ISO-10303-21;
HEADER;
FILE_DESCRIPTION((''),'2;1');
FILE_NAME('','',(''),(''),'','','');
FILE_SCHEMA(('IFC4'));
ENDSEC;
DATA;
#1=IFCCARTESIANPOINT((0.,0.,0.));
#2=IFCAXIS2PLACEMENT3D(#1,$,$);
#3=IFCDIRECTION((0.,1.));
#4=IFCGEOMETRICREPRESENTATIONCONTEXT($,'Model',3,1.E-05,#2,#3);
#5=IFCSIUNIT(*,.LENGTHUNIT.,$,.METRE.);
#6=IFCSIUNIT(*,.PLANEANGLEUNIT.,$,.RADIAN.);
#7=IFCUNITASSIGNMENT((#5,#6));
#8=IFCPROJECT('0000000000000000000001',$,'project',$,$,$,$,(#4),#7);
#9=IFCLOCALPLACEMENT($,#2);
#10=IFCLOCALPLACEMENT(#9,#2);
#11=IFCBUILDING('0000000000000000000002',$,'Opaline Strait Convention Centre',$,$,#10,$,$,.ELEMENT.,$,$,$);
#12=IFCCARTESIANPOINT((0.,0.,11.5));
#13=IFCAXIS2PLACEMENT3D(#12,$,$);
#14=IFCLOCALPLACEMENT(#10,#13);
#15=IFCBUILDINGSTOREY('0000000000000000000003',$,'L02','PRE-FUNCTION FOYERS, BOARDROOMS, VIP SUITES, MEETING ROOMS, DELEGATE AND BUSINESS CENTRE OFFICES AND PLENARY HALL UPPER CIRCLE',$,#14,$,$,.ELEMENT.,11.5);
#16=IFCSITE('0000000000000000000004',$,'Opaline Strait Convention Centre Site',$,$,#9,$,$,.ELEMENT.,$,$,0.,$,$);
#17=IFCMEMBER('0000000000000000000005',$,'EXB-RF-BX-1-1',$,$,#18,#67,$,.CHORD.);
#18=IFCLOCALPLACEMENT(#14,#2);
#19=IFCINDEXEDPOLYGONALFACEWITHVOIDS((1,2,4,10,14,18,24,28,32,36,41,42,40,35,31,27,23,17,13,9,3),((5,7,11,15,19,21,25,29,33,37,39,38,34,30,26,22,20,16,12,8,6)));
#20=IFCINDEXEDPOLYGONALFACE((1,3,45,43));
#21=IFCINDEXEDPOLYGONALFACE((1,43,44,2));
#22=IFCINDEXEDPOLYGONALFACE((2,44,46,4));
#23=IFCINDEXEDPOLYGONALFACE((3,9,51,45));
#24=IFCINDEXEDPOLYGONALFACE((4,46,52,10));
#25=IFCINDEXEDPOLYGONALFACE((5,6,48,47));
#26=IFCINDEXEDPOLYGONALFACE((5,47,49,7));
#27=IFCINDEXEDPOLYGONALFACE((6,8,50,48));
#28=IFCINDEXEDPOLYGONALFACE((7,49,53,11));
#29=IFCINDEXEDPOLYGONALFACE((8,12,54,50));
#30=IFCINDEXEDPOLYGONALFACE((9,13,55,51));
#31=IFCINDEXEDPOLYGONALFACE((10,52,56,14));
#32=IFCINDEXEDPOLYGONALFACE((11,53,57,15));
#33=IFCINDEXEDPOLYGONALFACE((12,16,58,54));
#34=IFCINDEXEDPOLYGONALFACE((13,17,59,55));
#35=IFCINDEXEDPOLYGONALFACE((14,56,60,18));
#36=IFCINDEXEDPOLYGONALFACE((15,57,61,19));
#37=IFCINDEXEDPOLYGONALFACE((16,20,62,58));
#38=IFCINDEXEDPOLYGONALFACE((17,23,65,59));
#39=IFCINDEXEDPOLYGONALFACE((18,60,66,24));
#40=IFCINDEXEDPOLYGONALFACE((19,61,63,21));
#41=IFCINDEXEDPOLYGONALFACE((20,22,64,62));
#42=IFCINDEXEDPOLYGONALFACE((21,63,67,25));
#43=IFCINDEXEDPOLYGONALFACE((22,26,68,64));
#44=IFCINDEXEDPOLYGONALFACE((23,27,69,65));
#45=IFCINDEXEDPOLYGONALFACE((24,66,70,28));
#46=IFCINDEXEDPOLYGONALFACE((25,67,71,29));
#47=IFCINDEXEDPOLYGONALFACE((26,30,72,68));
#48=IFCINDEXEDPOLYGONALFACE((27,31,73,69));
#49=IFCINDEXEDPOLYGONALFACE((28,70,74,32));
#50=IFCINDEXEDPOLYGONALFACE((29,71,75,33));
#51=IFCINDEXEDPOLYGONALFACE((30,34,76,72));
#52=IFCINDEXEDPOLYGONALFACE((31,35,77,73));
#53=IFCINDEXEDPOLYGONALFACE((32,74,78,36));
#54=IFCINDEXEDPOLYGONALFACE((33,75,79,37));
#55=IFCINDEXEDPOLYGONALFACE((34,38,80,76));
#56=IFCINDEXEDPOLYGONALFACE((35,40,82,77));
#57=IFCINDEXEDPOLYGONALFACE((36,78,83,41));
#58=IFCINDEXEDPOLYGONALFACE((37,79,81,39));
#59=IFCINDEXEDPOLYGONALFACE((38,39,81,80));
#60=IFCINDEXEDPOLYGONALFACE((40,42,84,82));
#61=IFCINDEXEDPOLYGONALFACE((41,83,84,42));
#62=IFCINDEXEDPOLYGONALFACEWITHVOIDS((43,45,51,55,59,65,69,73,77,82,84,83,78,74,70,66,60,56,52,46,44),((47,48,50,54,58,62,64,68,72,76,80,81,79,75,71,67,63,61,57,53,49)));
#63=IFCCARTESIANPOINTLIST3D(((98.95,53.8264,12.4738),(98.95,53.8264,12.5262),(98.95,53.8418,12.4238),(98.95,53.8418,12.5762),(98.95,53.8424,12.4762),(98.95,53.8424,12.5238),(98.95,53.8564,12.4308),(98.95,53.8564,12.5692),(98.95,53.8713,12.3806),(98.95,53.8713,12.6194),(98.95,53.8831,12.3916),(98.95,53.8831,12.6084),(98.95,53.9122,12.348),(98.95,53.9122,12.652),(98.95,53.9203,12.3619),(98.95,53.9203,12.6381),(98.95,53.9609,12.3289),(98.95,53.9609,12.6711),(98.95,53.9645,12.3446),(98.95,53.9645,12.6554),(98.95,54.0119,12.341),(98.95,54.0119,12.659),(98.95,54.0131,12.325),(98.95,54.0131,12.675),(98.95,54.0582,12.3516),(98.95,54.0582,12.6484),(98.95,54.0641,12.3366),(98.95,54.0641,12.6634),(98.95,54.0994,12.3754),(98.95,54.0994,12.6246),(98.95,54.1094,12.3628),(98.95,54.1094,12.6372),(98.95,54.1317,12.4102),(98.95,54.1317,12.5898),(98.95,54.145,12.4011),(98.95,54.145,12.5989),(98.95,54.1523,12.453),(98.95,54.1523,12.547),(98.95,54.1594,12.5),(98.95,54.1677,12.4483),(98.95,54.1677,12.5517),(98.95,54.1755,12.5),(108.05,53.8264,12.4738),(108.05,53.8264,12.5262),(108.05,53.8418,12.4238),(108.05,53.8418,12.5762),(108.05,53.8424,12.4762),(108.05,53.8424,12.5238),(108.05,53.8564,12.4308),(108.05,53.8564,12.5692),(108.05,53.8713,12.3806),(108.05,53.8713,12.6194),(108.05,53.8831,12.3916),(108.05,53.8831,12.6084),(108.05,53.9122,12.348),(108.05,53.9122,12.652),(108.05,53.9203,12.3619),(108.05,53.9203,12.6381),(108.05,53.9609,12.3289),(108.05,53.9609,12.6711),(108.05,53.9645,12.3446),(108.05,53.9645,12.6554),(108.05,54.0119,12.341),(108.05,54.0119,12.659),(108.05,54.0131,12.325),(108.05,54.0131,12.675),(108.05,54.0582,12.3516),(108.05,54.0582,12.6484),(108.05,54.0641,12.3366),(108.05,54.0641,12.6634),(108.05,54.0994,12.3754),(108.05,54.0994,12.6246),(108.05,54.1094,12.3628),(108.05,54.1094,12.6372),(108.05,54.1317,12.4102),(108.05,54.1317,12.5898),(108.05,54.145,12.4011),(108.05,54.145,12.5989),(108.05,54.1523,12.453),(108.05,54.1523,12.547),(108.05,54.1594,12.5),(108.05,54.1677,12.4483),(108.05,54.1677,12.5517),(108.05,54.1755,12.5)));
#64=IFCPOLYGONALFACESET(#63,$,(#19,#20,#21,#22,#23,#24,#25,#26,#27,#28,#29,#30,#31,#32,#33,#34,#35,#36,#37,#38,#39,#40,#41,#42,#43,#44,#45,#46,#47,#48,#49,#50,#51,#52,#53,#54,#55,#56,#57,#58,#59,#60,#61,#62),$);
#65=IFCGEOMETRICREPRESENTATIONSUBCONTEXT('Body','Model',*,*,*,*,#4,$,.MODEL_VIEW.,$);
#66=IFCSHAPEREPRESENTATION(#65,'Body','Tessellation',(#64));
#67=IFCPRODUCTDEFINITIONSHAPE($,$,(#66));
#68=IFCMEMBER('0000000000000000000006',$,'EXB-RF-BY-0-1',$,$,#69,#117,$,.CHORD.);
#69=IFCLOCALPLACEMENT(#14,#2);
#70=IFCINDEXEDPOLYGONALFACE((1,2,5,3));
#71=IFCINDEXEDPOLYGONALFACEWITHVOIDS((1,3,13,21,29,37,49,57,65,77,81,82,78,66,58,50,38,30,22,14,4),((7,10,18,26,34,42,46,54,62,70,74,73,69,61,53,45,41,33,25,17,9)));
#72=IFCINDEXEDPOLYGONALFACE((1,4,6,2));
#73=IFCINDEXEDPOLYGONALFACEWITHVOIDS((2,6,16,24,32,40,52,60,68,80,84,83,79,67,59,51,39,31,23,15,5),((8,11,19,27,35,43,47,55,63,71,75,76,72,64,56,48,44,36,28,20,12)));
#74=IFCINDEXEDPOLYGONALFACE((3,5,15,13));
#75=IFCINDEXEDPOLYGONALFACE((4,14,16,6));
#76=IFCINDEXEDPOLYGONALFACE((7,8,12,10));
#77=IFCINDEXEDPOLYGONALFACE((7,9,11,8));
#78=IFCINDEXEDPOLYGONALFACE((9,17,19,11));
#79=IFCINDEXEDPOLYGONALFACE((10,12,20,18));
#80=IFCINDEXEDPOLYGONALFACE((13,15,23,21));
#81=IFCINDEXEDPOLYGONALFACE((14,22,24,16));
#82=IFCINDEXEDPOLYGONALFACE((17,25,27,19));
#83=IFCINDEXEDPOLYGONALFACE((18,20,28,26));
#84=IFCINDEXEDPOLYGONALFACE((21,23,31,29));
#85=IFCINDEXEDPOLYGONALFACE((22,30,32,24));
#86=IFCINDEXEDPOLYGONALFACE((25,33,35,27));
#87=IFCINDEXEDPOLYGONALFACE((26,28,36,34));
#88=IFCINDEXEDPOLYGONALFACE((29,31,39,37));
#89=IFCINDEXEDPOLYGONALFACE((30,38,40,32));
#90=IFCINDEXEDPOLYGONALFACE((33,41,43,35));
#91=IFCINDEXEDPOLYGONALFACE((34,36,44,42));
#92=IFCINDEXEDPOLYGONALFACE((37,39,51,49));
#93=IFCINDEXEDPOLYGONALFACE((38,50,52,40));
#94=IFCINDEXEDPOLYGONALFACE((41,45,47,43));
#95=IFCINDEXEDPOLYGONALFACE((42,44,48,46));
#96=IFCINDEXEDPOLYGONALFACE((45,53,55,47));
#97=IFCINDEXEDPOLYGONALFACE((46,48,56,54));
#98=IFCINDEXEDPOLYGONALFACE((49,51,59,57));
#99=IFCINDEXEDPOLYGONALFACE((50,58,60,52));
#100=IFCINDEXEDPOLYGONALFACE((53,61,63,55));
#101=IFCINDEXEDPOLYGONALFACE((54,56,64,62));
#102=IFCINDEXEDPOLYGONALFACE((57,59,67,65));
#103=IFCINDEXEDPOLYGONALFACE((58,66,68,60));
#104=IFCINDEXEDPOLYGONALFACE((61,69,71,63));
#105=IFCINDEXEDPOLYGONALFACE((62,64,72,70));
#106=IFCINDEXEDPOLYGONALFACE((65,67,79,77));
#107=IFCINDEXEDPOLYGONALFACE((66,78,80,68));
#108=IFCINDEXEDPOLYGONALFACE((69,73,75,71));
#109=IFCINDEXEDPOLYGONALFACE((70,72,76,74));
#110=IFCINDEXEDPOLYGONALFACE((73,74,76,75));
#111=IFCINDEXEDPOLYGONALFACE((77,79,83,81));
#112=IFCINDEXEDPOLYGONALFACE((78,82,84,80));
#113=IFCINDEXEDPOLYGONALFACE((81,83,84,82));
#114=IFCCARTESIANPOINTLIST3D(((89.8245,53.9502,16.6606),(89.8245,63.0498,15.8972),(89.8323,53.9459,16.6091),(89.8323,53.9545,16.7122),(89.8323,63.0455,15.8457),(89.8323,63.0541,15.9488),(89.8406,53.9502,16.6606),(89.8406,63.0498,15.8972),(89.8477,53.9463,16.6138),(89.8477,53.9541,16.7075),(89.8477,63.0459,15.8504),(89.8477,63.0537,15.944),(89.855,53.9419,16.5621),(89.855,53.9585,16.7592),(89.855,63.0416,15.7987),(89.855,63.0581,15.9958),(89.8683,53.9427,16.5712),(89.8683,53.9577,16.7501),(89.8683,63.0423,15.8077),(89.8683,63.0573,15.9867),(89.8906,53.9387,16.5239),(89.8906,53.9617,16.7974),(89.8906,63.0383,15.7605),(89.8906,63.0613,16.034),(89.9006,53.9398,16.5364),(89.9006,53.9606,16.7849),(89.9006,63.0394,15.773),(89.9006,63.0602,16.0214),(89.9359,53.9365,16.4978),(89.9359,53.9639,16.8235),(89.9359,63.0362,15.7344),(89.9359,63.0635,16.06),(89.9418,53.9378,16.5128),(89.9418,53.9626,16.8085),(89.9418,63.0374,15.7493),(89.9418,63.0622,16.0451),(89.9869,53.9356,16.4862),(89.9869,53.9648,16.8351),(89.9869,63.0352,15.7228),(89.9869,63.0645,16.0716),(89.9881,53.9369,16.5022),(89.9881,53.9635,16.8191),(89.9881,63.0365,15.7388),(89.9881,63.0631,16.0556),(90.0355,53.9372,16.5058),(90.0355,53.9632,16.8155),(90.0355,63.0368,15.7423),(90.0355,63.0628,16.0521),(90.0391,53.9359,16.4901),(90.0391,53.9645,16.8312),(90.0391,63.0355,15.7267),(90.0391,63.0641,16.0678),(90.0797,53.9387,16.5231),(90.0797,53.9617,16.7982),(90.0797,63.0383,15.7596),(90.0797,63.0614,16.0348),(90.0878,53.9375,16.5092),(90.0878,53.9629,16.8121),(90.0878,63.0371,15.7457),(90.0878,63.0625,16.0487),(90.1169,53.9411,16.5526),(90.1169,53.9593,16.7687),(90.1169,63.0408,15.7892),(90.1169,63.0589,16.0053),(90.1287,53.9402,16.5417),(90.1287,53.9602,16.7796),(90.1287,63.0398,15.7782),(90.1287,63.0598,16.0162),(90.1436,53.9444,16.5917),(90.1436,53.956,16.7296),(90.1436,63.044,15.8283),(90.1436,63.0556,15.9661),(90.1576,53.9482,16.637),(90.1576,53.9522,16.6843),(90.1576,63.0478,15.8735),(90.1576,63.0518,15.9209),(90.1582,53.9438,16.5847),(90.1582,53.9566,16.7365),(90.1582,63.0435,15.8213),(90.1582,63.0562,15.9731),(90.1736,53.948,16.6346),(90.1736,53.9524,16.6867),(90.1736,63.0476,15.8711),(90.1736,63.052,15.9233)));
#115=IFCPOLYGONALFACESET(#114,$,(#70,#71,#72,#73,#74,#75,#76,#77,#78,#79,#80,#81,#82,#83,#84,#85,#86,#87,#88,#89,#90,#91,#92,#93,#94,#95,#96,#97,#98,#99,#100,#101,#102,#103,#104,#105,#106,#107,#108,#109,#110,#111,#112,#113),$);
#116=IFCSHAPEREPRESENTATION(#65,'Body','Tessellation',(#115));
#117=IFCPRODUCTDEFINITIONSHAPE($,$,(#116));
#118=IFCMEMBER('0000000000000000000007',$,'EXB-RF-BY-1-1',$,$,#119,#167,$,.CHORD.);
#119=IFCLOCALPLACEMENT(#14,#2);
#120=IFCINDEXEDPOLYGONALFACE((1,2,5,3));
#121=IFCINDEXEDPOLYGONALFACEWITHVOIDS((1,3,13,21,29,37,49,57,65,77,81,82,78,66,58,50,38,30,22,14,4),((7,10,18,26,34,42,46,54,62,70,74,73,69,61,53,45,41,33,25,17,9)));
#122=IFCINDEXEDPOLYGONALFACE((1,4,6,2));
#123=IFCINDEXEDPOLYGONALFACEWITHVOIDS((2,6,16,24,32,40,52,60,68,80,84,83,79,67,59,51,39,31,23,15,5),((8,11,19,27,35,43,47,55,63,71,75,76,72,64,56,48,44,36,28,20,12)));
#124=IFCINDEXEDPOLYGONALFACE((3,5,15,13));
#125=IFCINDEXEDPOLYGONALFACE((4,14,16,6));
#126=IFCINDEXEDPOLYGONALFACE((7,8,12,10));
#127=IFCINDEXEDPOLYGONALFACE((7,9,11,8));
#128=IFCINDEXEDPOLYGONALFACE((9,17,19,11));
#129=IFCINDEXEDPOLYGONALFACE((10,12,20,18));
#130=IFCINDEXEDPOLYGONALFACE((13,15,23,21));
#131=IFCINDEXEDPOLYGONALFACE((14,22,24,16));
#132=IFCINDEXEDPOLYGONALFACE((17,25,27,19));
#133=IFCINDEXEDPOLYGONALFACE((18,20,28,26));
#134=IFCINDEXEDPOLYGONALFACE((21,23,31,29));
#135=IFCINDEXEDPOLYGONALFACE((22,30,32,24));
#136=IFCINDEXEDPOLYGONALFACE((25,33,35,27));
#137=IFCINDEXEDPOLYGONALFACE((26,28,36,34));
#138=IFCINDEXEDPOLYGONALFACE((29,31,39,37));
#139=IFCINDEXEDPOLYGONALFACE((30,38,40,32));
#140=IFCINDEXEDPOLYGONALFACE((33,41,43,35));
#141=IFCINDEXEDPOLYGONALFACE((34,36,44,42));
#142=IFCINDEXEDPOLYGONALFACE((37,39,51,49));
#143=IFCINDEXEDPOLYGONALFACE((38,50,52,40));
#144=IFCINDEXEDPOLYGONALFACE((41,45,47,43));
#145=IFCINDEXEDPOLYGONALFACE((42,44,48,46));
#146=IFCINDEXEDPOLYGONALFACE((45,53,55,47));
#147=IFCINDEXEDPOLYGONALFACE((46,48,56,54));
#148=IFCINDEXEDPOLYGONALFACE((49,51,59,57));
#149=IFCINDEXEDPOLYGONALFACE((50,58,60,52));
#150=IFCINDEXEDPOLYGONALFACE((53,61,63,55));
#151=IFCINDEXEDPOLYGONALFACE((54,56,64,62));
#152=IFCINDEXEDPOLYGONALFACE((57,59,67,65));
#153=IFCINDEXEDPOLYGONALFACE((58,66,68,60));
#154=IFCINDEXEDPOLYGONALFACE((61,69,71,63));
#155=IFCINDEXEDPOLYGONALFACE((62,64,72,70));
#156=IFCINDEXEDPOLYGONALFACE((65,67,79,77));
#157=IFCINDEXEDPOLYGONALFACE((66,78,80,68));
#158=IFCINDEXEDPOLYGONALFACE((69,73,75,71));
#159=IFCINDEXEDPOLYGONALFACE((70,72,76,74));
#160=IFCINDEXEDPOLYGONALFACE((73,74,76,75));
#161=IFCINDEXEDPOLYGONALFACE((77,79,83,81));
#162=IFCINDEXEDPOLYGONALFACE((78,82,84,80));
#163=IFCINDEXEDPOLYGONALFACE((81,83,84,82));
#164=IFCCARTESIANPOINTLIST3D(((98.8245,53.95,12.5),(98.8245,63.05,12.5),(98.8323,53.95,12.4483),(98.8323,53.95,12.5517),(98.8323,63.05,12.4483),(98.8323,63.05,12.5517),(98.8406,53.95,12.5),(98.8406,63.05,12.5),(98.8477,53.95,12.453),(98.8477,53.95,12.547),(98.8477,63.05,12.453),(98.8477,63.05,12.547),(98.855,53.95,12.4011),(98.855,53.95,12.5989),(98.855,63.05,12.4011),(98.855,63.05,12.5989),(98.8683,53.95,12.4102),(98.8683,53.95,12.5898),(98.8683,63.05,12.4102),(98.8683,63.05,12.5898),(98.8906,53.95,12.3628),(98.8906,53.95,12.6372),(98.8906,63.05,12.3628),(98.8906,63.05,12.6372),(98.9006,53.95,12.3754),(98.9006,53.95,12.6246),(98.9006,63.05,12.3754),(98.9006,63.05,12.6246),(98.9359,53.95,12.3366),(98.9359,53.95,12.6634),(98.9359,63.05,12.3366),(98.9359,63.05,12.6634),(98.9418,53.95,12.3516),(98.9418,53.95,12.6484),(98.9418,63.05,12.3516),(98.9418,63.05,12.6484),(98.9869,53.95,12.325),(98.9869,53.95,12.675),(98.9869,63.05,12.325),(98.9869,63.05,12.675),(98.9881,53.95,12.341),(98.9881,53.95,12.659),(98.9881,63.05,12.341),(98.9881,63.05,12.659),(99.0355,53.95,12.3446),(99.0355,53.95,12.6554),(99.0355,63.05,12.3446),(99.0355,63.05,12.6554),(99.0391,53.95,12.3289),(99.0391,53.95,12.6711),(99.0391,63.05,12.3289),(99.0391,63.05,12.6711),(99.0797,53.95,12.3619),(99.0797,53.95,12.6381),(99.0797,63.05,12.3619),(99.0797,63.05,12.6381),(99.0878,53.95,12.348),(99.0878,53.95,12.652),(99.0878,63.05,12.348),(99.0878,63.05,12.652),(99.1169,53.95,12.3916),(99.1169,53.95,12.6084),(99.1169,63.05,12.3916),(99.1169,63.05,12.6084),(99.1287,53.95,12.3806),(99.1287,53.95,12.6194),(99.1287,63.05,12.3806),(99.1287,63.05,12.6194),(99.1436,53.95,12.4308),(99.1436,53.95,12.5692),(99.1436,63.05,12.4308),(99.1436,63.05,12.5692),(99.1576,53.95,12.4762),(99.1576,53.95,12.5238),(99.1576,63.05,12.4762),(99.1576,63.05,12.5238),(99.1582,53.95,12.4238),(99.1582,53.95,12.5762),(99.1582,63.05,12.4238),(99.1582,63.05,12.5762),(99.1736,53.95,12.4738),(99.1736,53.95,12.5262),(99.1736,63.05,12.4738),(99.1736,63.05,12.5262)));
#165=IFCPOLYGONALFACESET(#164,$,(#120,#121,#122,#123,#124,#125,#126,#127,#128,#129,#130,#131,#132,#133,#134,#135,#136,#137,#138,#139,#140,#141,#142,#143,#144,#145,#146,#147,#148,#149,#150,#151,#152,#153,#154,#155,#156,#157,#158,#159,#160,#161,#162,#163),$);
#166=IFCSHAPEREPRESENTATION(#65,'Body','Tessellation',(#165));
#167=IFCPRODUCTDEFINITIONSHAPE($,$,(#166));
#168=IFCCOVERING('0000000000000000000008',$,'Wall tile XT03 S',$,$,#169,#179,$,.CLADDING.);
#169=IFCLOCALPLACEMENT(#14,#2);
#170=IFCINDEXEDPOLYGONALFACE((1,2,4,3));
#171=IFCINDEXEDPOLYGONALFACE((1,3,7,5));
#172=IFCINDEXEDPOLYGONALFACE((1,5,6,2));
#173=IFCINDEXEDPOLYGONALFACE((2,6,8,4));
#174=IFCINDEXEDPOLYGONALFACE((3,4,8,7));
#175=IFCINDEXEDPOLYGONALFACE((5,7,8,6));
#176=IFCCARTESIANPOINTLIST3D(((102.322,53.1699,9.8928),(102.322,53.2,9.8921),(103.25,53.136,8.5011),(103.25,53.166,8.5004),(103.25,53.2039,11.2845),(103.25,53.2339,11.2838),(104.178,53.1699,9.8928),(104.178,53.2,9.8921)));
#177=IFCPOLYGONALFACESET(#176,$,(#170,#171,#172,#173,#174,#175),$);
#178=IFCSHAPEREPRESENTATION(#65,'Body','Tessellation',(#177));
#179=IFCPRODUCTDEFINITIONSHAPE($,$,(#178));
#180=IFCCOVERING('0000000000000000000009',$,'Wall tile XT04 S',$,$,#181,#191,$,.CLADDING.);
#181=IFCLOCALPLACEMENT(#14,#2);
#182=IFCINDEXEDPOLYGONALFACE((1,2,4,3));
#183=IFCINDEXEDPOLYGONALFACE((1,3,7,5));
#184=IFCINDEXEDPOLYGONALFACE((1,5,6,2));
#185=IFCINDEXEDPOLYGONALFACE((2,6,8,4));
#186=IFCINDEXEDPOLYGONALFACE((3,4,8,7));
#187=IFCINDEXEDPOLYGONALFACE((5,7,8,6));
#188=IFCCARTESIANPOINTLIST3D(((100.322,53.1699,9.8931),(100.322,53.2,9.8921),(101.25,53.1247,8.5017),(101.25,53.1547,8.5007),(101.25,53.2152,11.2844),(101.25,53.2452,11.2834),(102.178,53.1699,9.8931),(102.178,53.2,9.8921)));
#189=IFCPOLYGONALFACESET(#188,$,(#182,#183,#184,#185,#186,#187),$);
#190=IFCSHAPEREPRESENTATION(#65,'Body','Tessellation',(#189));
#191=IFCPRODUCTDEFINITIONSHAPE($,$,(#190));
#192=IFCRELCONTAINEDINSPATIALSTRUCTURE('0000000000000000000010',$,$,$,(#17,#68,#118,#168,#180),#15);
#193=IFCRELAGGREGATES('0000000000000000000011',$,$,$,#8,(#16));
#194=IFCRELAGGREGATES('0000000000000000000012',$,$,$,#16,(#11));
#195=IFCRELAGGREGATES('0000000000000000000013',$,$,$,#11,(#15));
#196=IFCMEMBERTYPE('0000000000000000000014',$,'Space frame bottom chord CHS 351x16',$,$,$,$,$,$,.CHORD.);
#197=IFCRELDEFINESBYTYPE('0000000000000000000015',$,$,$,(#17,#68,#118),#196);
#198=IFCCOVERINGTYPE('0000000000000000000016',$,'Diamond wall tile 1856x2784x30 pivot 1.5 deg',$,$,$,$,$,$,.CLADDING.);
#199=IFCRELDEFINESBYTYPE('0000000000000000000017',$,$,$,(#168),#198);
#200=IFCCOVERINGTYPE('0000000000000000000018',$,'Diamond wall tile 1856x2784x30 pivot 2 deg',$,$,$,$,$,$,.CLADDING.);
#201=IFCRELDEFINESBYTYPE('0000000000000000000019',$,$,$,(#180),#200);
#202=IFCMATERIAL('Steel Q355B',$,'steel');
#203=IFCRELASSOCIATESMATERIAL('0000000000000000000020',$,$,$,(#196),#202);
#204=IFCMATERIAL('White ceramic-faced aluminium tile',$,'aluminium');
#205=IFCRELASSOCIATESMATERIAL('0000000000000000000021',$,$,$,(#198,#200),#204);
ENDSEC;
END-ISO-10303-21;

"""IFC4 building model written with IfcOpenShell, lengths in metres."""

from ifc_helpers import new_model, si_unit, direction, frame, origin, origin_2d, place, context, subcontext, project, spatial, polyline, hollow_circle, outline, extrude, material, material_profile, profile_set, type_object, element, save


model = new_model("IFC4")

# Units and contexts
model_context = context("Model", 3, precision=1e-05, world=origin(), true_north=direction((0.0, 1.0)))
body_context = subcontext(model_context, "Body", "Model", "MODEL_VIEW")
ifc_project = project(units=[si_unit("LENGTHUNIT", "METRE"), si_unit("PLANEANGLEUNIT", "RADIAN")], contexts=[model_context])

# Site, building, storey
site_placement = place(None, origin())
site = spatial("IfcSite", under=ifc_project, at=site_placement, Name="Opaline Strait Convention Centre Site", CompositionType="ELEMENT", RefElevation=0.0)
building_placement = place(site_placement, origin())
building = spatial("IfcBuilding", under=site, at=building_placement, Name="Opaline Strait Convention Centre", CompositionType="ELEMENT")
storey_placement = place(building_placement, frame((0.0, 0.0, 11.5)))
storey = spatial("IfcBuildingStorey", under=building, at=storey_placement, Name="L02", Description="PRE-FUNCTION FOYERS, BOARDROOMS, VIP SUITES, MEETING ROOMS, DELEGATE AND BUSINESS CENTRE OFFICES AND PLENARY HALL UPPER CIRCLE", CompositionType="ELEMENT", Elevation=11.5)

# Members
ifc_material_1 = material(Name="Steel Q355B", Category="steel")
ifc_material_profile_1 = material_profile(ifc_material_1, hollow_circle(Radius=0.1755, WallThickness=0.0161, at=origin_2d()), Name="CHS 351x16")
ifc_profile_set_1 = profile_set([ifc_material_profile_1], Name="Steel Q355B")
member_type_1 = type_object("IfcMemberType", Name="Space frame bottom chord CHS 351x16", PredefinedType="CHORD", material=ifc_profile_set_1)
member_1_placement = place(storey_placement, frame((98.95, 54.0, 12.5), z_axis=(1.0, 0.0, 0.0), x_axis=(0.0, 1.0, 0.0)))
element("IfcMember", 1, at=member_1_placement, inside=storey, type_object=member_type_1, Name="EXB-RF-BX-1-1", PredefinedType="CHORD", context=body_context, shape_type="SweptSolid", body=[
    extrude(hollow_circle(Radius=0.1755, WallThickness=0.0161, at=origin_2d()), origin(), (0.0, 0.0, 1.0), 9.1001),
])
member_2_placement = place(storey_placement, frame((90.0, 53.9502, 16.6606), z_axis=(0.0, 0.996499, -0.083603), x_axis=(-1.0, 0.0, 0.0)))
element("IfcMember", 2, at=member_2_placement, inside=storey, type_object=member_type_1, Name="EXB-RF-BY-0-1", PredefinedType="CHORD", context=body_context, shape_type="SweptSolid", body=[
    extrude(hollow_circle(Radius=0.1755, WallThickness=0.0161, at=origin_2d()), origin(), (0.0, 0.0, 1.0), 9.1316),
])
member_3_placement = place(storey_placement, frame((99.0, 53.95, 12.5), z_axis=(0.0, 1.0, 0.0), x_axis=(-1.0, 0.0, 0.0)))
element("IfcMember", 3, at=member_3_placement, inside=storey, type_object=member_type_1, Name="EXB-RF-BY-1-1", PredefinedType="CHORD", context=body_context, shape_type="SweptSolid", body=[
    extrude(hollow_circle(Radius=0.1755, WallThickness=0.0161, at=origin_2d()), origin(), (0.0, 0.0, 1.0), 9.1001),
])

# Coverings
ifc_material_2 = material(Name="White ceramic-faced aluminium tile", Category="aluminium")
ifc_material_profile_2 = material_profile(ifc_material_2, outline(polyline([(0.928, 0.0), (0.0, 1.3921), (-0.928, 0.0), (0.0, -1.3921), (0.928, 0.0)])), Name="Diamond tile 1856x2784")
ifc_profile_set_2 = profile_set([ifc_material_profile_2], Name="White ceramic-faced aluminium tile")
covering_type_1 = type_object("IfcCoveringType", Name="Diamond wall tile 1856x2784x30 pivot 1.5 deg", PredefinedType="CLADDING", material=ifc_profile_set_2)
covering_1_placement = place(storey_placement, frame((103.25, 53.2, 9.8921), z_axis=(0.0, -0.999703, 0.024383), x_axis=(1.0, 0.0, 0.0)))
element("IfcCovering", 4, at=covering_1_placement, inside=storey, type_object=covering_type_1, Name="Wall tile XT03 S", PredefinedType="CLADDING", context=body_context, shape_type="SweptSolid", body=[
    extrude(outline(polyline([(0.928, 0.0), (0.0, 1.3921), (-0.928, 0.0), (0.0, -1.3921), (0.928, 0.0)])), origin(), (0.0, 0.0, 1.0), 0.03),
])
ifc_material_profile_3 = material_profile(ifc_material_2, outline(polyline([(0.928, 0.0), (0.0, 1.3921), (-0.928, 0.0), (0.0, -1.3921), (0.928, 0.0)])), Name="Diamond tile 1856x2784")
ifc_profile_set_3 = profile_set([ifc_material_profile_3], Name="White ceramic-faced aluminium tile")
covering_type_2 = type_object("IfcCoveringType", Name="Diamond wall tile 1856x2784x30 pivot 2 deg", PredefinedType="CLADDING", material=ifc_profile_set_3)
covering_2_placement = place(storey_placement, frame((101.25, 53.2, 9.8921), z_axis=(0.0, -0.999472, 0.032503), x_axis=(1.0, 0.0, 0.0)))
element("IfcCovering", 5, at=covering_2_placement, inside=storey, type_object=covering_type_2, Name="Wall tile XT04 S", PredefinedType="CLADDING", context=body_context, shape_type="SweptSolid", body=[
    extrude(outline(polyline([(0.928, 0.0), (0.0, 1.3921), (-0.928, 0.0), (0.0, -1.3921), (0.928, 0.0)])), origin(), (0.0, 0.0, 1.0), 0.03),
])

save(model, "model.ifc")
